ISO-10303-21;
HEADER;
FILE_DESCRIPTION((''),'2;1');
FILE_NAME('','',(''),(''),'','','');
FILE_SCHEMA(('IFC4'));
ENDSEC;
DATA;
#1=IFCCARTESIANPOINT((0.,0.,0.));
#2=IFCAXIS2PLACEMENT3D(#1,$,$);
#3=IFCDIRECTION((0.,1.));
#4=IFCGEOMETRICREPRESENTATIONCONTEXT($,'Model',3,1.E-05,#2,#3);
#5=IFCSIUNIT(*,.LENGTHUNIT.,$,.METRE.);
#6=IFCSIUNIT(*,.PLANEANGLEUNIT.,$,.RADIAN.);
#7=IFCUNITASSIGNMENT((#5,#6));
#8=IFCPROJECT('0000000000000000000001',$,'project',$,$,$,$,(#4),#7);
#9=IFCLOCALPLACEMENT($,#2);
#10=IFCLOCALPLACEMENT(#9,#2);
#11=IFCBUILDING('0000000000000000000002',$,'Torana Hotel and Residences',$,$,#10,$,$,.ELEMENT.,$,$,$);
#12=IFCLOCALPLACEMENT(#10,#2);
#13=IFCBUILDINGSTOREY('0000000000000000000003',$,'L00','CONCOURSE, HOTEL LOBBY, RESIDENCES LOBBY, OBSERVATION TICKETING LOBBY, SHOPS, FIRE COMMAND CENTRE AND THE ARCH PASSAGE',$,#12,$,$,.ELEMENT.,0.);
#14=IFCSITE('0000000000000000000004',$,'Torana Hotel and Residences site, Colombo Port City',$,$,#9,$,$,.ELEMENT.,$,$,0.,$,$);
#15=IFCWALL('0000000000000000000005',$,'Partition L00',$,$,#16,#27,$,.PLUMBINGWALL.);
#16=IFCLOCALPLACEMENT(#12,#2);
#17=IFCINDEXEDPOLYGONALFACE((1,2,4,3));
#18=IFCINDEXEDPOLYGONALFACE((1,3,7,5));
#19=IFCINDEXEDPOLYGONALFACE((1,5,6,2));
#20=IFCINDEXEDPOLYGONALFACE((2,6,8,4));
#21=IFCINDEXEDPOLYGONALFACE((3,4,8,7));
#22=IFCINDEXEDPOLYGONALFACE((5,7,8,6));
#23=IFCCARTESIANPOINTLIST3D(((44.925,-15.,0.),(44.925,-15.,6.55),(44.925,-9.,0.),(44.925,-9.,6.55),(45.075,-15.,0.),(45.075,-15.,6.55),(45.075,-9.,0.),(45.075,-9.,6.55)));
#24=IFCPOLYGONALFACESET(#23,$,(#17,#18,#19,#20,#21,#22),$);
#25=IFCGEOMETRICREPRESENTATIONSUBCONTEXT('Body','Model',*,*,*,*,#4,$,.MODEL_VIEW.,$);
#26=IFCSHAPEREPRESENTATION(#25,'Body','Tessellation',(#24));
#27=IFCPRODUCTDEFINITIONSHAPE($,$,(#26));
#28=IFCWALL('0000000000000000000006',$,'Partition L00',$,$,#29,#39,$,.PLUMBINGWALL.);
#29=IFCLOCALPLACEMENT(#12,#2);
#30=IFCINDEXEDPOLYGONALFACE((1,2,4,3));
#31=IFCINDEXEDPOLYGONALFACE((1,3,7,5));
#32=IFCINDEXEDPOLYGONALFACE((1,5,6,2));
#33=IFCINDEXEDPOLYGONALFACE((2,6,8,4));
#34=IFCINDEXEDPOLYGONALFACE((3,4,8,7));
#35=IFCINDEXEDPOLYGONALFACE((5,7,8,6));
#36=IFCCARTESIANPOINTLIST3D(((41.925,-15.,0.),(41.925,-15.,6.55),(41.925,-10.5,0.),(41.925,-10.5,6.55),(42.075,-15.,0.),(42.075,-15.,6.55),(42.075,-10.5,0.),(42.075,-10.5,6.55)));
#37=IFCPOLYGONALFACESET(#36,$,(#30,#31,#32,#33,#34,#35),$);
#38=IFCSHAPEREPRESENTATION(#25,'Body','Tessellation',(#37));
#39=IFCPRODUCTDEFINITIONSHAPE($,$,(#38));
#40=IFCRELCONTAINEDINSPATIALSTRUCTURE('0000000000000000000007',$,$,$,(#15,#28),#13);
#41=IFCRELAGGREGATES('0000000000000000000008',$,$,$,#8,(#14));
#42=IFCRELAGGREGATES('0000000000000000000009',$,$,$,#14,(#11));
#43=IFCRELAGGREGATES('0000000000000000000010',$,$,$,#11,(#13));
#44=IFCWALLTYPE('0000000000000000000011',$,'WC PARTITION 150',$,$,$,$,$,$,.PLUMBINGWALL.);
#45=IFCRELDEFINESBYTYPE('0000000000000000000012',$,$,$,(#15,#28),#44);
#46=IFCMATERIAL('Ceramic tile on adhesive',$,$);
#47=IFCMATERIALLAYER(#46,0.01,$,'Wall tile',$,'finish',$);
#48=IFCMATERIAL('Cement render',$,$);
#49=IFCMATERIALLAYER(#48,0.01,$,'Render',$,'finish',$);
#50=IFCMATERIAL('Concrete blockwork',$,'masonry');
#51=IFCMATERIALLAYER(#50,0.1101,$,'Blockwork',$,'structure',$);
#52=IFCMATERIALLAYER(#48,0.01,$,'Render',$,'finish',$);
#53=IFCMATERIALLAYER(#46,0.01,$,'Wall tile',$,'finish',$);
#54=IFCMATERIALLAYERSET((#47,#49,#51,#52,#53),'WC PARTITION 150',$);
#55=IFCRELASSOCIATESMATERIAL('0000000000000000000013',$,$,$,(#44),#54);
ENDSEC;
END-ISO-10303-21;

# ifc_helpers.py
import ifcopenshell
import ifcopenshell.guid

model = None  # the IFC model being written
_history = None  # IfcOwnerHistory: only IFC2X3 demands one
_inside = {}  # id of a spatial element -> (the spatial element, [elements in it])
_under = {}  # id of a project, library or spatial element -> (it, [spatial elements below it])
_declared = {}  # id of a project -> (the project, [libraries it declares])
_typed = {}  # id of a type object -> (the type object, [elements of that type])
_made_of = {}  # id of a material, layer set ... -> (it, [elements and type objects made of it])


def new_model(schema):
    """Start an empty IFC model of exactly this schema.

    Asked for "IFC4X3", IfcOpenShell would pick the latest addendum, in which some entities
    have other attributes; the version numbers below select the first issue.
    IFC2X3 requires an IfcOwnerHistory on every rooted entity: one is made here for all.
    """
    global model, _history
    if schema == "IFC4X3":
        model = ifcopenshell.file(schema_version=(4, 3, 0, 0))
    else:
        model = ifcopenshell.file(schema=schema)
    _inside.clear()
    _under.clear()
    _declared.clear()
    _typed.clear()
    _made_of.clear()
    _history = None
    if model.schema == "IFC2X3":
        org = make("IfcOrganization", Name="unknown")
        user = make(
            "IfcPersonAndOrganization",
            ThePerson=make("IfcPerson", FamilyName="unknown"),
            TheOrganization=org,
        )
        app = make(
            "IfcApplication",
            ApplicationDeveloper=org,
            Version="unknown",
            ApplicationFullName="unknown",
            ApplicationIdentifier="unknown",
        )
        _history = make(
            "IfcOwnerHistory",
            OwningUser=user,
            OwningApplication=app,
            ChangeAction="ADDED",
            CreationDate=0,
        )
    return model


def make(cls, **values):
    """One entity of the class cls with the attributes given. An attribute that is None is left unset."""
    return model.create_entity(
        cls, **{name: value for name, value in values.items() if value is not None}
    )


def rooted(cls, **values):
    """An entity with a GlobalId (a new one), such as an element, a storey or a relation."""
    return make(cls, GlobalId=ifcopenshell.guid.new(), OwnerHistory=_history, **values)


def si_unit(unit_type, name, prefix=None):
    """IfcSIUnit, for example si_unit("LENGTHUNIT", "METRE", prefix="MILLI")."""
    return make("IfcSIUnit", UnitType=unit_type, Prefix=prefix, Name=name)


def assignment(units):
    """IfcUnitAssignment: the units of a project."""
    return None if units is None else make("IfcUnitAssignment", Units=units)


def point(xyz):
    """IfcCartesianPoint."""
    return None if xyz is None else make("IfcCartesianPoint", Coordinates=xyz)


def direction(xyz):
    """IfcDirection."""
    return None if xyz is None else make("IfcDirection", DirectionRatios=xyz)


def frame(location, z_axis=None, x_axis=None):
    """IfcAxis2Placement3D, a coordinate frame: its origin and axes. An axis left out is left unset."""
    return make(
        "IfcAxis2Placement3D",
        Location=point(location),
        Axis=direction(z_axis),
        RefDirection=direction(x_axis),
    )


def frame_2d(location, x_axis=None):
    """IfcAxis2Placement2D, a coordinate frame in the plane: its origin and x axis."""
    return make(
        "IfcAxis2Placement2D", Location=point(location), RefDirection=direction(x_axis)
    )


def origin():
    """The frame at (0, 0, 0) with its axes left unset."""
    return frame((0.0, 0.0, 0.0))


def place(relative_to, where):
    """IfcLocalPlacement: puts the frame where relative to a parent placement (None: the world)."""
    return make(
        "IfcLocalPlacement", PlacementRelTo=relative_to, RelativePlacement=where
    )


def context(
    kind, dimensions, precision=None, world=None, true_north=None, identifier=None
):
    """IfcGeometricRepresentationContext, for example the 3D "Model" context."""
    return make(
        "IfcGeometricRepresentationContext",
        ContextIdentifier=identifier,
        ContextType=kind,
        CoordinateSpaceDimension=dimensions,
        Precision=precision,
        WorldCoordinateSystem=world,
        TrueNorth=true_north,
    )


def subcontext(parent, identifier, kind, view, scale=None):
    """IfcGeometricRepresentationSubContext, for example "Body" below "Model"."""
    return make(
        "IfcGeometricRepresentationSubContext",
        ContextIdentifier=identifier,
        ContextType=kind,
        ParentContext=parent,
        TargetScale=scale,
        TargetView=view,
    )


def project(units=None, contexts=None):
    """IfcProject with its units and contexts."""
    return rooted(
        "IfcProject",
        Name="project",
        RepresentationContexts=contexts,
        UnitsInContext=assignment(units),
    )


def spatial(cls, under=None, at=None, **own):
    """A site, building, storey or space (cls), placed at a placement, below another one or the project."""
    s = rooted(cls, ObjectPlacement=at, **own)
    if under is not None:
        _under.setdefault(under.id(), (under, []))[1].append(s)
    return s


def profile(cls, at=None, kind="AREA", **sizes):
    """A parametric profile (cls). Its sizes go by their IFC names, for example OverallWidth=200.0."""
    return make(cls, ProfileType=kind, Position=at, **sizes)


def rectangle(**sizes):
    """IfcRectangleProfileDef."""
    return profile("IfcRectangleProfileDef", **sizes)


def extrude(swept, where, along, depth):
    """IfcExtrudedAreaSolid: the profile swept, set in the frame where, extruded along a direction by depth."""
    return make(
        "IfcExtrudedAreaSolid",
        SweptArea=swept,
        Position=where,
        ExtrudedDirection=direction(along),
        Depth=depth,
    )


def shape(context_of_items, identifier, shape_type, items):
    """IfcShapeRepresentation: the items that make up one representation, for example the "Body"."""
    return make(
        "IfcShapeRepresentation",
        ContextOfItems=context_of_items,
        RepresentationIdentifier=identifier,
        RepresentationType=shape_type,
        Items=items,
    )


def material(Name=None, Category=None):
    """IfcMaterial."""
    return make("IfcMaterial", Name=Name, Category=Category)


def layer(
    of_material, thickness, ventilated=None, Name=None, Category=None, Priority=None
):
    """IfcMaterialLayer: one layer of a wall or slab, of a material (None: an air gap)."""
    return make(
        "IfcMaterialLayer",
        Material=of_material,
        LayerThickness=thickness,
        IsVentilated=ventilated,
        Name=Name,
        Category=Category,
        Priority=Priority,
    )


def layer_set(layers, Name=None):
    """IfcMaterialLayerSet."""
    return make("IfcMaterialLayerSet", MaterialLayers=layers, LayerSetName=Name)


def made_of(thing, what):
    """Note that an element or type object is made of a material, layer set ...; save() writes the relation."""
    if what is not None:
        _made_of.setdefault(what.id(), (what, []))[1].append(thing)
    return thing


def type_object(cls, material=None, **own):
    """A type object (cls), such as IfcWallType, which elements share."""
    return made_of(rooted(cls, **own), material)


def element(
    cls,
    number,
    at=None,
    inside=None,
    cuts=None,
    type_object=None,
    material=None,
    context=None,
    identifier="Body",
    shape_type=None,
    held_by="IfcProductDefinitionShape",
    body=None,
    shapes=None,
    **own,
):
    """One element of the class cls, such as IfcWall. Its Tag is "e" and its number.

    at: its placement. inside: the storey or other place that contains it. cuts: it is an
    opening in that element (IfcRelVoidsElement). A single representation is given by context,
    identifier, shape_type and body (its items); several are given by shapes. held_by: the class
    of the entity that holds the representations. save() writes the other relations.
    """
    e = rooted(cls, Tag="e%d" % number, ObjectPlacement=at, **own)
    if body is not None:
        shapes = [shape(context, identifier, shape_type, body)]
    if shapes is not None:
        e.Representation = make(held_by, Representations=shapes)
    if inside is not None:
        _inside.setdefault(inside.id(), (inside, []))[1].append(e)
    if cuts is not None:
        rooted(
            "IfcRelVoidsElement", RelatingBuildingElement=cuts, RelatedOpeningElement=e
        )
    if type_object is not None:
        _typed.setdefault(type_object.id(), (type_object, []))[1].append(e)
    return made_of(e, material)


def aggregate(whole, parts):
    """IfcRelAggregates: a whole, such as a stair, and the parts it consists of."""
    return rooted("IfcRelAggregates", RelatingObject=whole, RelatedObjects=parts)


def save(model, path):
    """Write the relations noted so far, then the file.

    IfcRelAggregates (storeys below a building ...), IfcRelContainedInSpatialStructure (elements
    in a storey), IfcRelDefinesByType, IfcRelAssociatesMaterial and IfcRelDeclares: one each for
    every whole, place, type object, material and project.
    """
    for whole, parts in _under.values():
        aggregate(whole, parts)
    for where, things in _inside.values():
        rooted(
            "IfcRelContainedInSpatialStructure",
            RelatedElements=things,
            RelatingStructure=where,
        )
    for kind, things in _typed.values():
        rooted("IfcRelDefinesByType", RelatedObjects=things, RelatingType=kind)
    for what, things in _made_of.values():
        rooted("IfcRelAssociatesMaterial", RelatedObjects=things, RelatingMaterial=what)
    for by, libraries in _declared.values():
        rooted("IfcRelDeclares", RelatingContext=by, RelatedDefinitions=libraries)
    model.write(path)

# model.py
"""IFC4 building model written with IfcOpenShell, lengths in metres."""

from ifc_helpers import new_model, si_unit, direction, frame, frame_2d, origin, place, context, subcontext, project, spatial, rectangle, extrude, material, layer, layer_set, type_object, element, save


model = new_model("IFC4")

# Units and contexts
model_context = context("Model", 3, precision=1e-05, world=origin(), true_north=direction((0.0, 1.0)))
body_context = subcontext(model_context, "Body", "Model", "MODEL_VIEW")
ifc_project = project(units=[si_unit("LENGTHUNIT", "METRE"), si_unit("PLANEANGLEUNIT", "RADIAN")], contexts=[model_context])

# Site, building, storey
site_placement = place(None, origin())
site = spatial("IfcSite", under=ifc_project, at=site_placement, Name="Torana Hotel and Residences site, Colombo Port City", CompositionType="ELEMENT", RefElevation=0.0)
building_placement = place(site_placement, origin())
building = spatial("IfcBuilding", under=site, at=building_placement, Name="Torana Hotel and Residences", CompositionType="ELEMENT")
storey_placement = place(building_placement, origin())
storey = spatial("IfcBuildingStorey", under=building, at=storey_placement, Name="L00", Description="CONCOURSE, HOTEL LOBBY, RESIDENCES LOBBY, OBSERVATION TICKETING LOBBY, SHOPS, FIRE COMMAND CENTRE AND THE ARCH PASSAGE", CompositionType="ELEMENT", Elevation=0.0)

# Walls
ifc_material_1 = material(Name="Ceramic tile on adhesive")
ifc_layer_1 = layer(ifc_material_1, 0.01, Name="Wall tile", Category="finish")
ifc_material_2 = material(Name="Cement render")
ifc_layer_2 = layer(ifc_material_2, 0.01, Name="Render", Category="finish")
ifc_material_3 = material(Name="Concrete blockwork", Category="masonry")
ifc_layer_3 = layer(ifc_material_3, 0.1101, Name="Blockwork", Category="structure")
ifc_layer_4 = layer(ifc_material_2, 0.01, Name="Render", Category="finish")
ifc_layer_5 = layer(ifc_material_1, 0.01, Name="Wall tile", Category="finish")
ifc_layer_set_1 = layer_set([ifc_layer_1, ifc_layer_2, ifc_layer_3, ifc_layer_4, ifc_layer_5], Name="WC PARTITION 150")
wall_type_1 = type_object("IfcWallType", Name="WC PARTITION 150", PredefinedType="PLUMBINGWALL", material=ifc_layer_set_1)
wall_1_placement = place(storey_placement, frame((45.0, -15.0, 0.0), z_axis=(0.0, 0.0, 1.0), x_axis=(0.0, 1.0, 0.0)))
element("IfcWall", 1, at=wall_1_placement, inside=storey, type_object=wall_type_1, Name="Partition L00", PredefinedType="PLUMBINGWALL", context=body_context, shape_type="SweptSolid", body=[
    extrude(rectangle(XDim=6.0, YDim=0.1499, at=frame_2d((3.0, 0.0))), origin(), (0.0, 0.0, 1.0), 6.55),
])
wall_2_placement = place(storey_placement, frame((42.0, -15.0, 0.0), z_axis=(0.0, 0.0, 1.0), x_axis=(0.0, 1.0, 0.0)))
element("IfcWall", 2, at=wall_2_placement, inside=storey, type_object=wall_type_1, Name="Partition L00", PredefinedType="PLUMBINGWALL", context=body_context, shape_type="SweptSolid", body=[
    extrude(rectangle(XDim=4.5, YDim=0.1499, at=frame_2d((2.25, 0.0))), origin(), (0.0, 0.0, 1.0), 6.55),
])

save(model, "model.ifc")
